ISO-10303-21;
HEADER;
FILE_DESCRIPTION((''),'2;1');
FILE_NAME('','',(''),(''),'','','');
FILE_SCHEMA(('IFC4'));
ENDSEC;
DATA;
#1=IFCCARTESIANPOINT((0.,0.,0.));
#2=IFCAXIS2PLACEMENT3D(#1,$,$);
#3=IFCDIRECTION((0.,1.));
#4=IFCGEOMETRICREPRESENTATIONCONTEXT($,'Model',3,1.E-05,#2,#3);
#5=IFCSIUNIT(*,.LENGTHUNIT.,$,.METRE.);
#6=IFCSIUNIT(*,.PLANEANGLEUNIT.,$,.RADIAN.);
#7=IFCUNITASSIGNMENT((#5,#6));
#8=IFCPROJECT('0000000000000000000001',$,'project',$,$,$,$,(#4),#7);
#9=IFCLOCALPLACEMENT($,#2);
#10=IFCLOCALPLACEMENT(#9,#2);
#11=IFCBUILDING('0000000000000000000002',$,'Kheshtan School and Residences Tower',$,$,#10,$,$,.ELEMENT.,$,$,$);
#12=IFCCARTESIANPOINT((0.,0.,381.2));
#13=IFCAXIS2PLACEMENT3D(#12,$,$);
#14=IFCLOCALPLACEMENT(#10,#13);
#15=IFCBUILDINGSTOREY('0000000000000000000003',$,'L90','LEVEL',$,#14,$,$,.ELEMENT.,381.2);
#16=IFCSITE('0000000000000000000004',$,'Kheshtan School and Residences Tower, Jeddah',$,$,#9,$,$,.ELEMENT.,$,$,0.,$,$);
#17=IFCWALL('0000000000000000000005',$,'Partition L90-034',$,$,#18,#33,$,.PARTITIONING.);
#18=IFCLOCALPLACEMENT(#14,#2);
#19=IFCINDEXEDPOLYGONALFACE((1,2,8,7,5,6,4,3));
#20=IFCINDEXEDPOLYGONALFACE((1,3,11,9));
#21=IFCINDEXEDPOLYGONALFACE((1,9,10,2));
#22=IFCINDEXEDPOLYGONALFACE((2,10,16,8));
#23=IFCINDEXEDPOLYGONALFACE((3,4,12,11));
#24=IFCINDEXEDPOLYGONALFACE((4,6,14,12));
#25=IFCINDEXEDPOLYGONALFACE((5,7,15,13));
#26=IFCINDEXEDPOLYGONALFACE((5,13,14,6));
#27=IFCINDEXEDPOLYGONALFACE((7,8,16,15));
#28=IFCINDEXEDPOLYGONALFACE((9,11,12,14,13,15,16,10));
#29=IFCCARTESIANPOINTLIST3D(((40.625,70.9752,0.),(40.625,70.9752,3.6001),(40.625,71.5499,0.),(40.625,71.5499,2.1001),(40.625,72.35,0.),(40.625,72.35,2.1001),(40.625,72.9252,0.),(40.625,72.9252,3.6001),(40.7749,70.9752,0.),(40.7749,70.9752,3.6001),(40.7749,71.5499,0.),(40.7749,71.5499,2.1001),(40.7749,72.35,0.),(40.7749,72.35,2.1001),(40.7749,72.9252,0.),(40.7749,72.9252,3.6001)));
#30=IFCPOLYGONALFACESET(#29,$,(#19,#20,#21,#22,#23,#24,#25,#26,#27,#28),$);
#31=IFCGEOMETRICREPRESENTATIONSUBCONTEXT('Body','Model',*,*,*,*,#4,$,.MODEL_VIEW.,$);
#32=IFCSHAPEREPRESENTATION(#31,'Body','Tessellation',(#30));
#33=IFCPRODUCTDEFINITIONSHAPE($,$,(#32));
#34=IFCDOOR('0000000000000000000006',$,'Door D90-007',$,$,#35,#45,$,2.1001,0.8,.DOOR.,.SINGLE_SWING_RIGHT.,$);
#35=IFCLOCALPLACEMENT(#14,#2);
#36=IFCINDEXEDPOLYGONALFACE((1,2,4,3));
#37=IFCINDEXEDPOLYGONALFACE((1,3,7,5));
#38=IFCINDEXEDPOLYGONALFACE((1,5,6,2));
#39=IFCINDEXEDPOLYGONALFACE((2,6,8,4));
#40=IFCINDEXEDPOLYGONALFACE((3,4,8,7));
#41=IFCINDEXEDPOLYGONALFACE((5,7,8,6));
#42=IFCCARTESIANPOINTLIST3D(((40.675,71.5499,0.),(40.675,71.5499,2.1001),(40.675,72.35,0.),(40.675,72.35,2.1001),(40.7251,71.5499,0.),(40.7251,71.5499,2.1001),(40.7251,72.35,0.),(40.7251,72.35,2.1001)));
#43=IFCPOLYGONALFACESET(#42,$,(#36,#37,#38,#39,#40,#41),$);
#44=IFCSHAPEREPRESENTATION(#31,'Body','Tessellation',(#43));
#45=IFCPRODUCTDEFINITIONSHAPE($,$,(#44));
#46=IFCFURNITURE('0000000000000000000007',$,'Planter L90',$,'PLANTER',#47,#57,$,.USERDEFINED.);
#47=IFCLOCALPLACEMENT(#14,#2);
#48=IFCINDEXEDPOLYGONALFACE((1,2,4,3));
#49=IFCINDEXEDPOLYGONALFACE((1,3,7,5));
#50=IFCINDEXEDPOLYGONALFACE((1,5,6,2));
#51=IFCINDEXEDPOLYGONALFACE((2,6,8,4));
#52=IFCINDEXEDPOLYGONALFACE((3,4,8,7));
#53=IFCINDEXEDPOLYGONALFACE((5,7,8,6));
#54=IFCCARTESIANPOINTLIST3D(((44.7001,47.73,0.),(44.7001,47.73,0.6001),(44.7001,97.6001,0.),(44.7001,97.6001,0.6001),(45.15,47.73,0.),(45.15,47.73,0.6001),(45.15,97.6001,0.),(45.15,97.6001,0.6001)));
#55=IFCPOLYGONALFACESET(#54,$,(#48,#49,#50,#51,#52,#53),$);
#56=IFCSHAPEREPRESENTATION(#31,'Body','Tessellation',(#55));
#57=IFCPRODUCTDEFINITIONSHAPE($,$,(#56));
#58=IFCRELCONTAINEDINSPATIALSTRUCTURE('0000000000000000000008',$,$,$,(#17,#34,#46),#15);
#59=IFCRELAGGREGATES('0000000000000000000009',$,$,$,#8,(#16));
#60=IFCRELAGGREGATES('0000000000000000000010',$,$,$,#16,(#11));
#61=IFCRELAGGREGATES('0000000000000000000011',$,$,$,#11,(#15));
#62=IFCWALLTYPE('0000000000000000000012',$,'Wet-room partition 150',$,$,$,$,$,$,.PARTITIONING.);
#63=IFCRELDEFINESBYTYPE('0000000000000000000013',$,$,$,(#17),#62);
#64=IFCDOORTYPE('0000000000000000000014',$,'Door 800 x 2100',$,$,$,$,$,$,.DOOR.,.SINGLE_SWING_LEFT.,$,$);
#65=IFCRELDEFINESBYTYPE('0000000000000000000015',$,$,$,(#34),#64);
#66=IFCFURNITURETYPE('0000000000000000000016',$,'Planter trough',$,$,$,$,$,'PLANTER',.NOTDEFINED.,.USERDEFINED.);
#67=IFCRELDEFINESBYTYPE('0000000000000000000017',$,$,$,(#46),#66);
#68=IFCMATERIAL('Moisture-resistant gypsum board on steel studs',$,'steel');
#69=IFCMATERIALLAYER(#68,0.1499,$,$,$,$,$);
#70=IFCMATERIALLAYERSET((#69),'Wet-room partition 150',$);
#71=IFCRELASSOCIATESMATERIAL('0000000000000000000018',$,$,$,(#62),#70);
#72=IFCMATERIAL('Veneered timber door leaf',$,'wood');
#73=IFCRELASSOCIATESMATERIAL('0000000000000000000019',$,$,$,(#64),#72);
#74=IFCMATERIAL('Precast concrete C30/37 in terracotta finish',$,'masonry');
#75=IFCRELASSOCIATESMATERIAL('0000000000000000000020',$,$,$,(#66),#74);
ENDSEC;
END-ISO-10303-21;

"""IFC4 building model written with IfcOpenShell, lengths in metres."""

from ifc_helpers import new_model, si_unit, direction, frame, frame_2d, origin, origin_2d, place, context, subcontext, project, spatial, rectangle, extrude, source, transform, mapped, material, layer, layer_set, type_object, element, fill, save


model = new_model("IFC4")

# Units and contexts
model_context = context("Model", 3, precision=1e-05, world=origin(), true_north=direction((0.0, 1.0)))
body_context = subcontext(model_context, "Body", "Model", "MODEL_VIEW")
ifc_project = project(units=[si_unit("LENGTHUNIT", "METRE"), si_unit("PLANEANGLEUNIT", "RADIAN")], contexts=[model_context])

# Site, building, storey
site_placement = place(None, origin())
site = spatial("IfcSite", under=ifc_project, at=site_placement, Name="Kheshtan School and Residences Tower, Jeddah", CompositionType="ELEMENT", RefElevation=0.0)
building_placement = place(site_placement, origin())
building = spatial("IfcBuilding", under=site, at=building_placement, Name="Kheshtan School and Residences Tower", CompositionType="ELEMENT")
storey_placement = place(building_placement, frame((0.0, 0.0, 381.2)))
storey = spatial("IfcBuildingStorey", under=building, at=storey_placement, Name="L90", Description="LEVEL", CompositionType="ELEMENT", Elevation=381.2)

# Shared definitions
ifc_material_1 = material(Name="Veneered timber door leaf", Category="wood")

# Shared definitions
ifc_material_2 = material(Name="Moisture-resistant gypsum board on steel studs", Category="steel")
ifc_layer_1 = layer(ifc_material_2, 0.1499)
ifc_layer_set_1 = layer_set([ifc_layer_1], Name="Wet-room partition 150")
wall_type_1 = type_object("IfcWallType", Name="Wet-room partition 150", PredefinedType="PARTITIONING", material=ifc_layer_set_1)

# Wall, opening, door
wall_1_placement = place(storey_placement, frame((40.7, 70.9751, 0.0), z_axis=(0.0, 0.0, 1.0), x_axis=(0.0, 1.0, 0.0)))
wall_1 = element("IfcWall", 1, at=wall_1_placement, inside=storey, type_object=wall_type_1, Name="Partition L90-034", PredefinedType="PARTITIONING", context=body_context, shape_type="SweptSolid", body=[
    extrude(rectangle(XDim=1.95, YDim=0.1499, at=frame_2d((0.9751, 0.0))), origin(), (0.0, 0.0, 1.0), 3.6001),
])
opening_1_placement = place(wall_1_placement, frame((0.575, 0.0, 0.0)))
opening_1 = element("IfcOpeningElement", 2, at=opening_1_placement, cuts=wall_1, PredefinedType="OPENING", context=body_context, shape_type="SweptSolid", body=[
    extrude(rectangle(XDim=0.8, YDim=2.1001, at=frame_2d((0.3999, 1.05))), frame((0.0, 0.085, 0.0), z_axis=(0.0, -1.0, 0.0), x_axis=(1.0, 0.0, 0.0)), (0.0, 0.0, 1.0), 0.1699),
])
door_type_1 = type_object("IfcDoorType", Name="Door 800 x 2100", OperationType="SINGLE_SWING_LEFT", PredefinedType="DOOR", material=ifc_material_1)
shared_shape_1 = source(origin(), body_context, "Body", "SweptSolid", [
    extrude(rectangle(XDim=0.8, YDim=2.1001, at=frame_2d((0.3999, 1.05))), frame((0.0, 0.0249, 0.0), z_axis=(0.0, -1.0, 0.0), x_axis=(1.0, 0.0, 0.0)), (0.0, 0.0, 1.0), 0.05),
])
door_1_placement = place(opening_1_placement, origin())
door_1 = element("IfcDoor", 3, at=door_1_placement, inside=storey, type_object=door_type_1, Name="Door D90-007", OperationType="SINGLE_SWING_RIGHT", OverallHeight=2.1001, OverallWidth=0.8, PredefinedType="DOOR", context=body_context, shape_type="MappedRepresentation", body=[
    mapped(shared_shape_1, transform((0.0, 0.0, 0.0), x_axis=(1.0, 0.0, 0.0), y_axis=(0.0, 1.0, 0.0), z_axis=(0.0, 0.0, 1.0), scale=1.0)),
])
fill(opening_1, door_1)

# Furniture
ifc_material_3 = material(Name="Precast concrete C30/37 in terracotta finish", Category="masonry")
furniture_type = type_object("IfcFurnitureType", Name="Planter trough", ElementType="PLANTER", AssemblyPlace="NOTDEFINED", PredefinedType="USERDEFINED", material=ifc_material_3)
furniture_placement = place(storey_placement, frame((44.925, 72.665, 0.0), z_axis=(0.0, 0.0, 1.0), x_axis=(0.0, -1.0, 0.0)))
element("IfcFurniture", 4, at=furniture_placement, inside=storey, type_object=furniture_type, Name="Planter L90", ObjectType="PLANTER", PredefinedType="USERDEFINED", context=body_context, shape_type="SweptSolid", body=[
    extrude(rectangle(XDim=49.8701, YDim=0.45, at=origin_2d()), origin(), (0.0, 0.0, 1.0), 0.6001),
])

save(model, "model.ifc")
